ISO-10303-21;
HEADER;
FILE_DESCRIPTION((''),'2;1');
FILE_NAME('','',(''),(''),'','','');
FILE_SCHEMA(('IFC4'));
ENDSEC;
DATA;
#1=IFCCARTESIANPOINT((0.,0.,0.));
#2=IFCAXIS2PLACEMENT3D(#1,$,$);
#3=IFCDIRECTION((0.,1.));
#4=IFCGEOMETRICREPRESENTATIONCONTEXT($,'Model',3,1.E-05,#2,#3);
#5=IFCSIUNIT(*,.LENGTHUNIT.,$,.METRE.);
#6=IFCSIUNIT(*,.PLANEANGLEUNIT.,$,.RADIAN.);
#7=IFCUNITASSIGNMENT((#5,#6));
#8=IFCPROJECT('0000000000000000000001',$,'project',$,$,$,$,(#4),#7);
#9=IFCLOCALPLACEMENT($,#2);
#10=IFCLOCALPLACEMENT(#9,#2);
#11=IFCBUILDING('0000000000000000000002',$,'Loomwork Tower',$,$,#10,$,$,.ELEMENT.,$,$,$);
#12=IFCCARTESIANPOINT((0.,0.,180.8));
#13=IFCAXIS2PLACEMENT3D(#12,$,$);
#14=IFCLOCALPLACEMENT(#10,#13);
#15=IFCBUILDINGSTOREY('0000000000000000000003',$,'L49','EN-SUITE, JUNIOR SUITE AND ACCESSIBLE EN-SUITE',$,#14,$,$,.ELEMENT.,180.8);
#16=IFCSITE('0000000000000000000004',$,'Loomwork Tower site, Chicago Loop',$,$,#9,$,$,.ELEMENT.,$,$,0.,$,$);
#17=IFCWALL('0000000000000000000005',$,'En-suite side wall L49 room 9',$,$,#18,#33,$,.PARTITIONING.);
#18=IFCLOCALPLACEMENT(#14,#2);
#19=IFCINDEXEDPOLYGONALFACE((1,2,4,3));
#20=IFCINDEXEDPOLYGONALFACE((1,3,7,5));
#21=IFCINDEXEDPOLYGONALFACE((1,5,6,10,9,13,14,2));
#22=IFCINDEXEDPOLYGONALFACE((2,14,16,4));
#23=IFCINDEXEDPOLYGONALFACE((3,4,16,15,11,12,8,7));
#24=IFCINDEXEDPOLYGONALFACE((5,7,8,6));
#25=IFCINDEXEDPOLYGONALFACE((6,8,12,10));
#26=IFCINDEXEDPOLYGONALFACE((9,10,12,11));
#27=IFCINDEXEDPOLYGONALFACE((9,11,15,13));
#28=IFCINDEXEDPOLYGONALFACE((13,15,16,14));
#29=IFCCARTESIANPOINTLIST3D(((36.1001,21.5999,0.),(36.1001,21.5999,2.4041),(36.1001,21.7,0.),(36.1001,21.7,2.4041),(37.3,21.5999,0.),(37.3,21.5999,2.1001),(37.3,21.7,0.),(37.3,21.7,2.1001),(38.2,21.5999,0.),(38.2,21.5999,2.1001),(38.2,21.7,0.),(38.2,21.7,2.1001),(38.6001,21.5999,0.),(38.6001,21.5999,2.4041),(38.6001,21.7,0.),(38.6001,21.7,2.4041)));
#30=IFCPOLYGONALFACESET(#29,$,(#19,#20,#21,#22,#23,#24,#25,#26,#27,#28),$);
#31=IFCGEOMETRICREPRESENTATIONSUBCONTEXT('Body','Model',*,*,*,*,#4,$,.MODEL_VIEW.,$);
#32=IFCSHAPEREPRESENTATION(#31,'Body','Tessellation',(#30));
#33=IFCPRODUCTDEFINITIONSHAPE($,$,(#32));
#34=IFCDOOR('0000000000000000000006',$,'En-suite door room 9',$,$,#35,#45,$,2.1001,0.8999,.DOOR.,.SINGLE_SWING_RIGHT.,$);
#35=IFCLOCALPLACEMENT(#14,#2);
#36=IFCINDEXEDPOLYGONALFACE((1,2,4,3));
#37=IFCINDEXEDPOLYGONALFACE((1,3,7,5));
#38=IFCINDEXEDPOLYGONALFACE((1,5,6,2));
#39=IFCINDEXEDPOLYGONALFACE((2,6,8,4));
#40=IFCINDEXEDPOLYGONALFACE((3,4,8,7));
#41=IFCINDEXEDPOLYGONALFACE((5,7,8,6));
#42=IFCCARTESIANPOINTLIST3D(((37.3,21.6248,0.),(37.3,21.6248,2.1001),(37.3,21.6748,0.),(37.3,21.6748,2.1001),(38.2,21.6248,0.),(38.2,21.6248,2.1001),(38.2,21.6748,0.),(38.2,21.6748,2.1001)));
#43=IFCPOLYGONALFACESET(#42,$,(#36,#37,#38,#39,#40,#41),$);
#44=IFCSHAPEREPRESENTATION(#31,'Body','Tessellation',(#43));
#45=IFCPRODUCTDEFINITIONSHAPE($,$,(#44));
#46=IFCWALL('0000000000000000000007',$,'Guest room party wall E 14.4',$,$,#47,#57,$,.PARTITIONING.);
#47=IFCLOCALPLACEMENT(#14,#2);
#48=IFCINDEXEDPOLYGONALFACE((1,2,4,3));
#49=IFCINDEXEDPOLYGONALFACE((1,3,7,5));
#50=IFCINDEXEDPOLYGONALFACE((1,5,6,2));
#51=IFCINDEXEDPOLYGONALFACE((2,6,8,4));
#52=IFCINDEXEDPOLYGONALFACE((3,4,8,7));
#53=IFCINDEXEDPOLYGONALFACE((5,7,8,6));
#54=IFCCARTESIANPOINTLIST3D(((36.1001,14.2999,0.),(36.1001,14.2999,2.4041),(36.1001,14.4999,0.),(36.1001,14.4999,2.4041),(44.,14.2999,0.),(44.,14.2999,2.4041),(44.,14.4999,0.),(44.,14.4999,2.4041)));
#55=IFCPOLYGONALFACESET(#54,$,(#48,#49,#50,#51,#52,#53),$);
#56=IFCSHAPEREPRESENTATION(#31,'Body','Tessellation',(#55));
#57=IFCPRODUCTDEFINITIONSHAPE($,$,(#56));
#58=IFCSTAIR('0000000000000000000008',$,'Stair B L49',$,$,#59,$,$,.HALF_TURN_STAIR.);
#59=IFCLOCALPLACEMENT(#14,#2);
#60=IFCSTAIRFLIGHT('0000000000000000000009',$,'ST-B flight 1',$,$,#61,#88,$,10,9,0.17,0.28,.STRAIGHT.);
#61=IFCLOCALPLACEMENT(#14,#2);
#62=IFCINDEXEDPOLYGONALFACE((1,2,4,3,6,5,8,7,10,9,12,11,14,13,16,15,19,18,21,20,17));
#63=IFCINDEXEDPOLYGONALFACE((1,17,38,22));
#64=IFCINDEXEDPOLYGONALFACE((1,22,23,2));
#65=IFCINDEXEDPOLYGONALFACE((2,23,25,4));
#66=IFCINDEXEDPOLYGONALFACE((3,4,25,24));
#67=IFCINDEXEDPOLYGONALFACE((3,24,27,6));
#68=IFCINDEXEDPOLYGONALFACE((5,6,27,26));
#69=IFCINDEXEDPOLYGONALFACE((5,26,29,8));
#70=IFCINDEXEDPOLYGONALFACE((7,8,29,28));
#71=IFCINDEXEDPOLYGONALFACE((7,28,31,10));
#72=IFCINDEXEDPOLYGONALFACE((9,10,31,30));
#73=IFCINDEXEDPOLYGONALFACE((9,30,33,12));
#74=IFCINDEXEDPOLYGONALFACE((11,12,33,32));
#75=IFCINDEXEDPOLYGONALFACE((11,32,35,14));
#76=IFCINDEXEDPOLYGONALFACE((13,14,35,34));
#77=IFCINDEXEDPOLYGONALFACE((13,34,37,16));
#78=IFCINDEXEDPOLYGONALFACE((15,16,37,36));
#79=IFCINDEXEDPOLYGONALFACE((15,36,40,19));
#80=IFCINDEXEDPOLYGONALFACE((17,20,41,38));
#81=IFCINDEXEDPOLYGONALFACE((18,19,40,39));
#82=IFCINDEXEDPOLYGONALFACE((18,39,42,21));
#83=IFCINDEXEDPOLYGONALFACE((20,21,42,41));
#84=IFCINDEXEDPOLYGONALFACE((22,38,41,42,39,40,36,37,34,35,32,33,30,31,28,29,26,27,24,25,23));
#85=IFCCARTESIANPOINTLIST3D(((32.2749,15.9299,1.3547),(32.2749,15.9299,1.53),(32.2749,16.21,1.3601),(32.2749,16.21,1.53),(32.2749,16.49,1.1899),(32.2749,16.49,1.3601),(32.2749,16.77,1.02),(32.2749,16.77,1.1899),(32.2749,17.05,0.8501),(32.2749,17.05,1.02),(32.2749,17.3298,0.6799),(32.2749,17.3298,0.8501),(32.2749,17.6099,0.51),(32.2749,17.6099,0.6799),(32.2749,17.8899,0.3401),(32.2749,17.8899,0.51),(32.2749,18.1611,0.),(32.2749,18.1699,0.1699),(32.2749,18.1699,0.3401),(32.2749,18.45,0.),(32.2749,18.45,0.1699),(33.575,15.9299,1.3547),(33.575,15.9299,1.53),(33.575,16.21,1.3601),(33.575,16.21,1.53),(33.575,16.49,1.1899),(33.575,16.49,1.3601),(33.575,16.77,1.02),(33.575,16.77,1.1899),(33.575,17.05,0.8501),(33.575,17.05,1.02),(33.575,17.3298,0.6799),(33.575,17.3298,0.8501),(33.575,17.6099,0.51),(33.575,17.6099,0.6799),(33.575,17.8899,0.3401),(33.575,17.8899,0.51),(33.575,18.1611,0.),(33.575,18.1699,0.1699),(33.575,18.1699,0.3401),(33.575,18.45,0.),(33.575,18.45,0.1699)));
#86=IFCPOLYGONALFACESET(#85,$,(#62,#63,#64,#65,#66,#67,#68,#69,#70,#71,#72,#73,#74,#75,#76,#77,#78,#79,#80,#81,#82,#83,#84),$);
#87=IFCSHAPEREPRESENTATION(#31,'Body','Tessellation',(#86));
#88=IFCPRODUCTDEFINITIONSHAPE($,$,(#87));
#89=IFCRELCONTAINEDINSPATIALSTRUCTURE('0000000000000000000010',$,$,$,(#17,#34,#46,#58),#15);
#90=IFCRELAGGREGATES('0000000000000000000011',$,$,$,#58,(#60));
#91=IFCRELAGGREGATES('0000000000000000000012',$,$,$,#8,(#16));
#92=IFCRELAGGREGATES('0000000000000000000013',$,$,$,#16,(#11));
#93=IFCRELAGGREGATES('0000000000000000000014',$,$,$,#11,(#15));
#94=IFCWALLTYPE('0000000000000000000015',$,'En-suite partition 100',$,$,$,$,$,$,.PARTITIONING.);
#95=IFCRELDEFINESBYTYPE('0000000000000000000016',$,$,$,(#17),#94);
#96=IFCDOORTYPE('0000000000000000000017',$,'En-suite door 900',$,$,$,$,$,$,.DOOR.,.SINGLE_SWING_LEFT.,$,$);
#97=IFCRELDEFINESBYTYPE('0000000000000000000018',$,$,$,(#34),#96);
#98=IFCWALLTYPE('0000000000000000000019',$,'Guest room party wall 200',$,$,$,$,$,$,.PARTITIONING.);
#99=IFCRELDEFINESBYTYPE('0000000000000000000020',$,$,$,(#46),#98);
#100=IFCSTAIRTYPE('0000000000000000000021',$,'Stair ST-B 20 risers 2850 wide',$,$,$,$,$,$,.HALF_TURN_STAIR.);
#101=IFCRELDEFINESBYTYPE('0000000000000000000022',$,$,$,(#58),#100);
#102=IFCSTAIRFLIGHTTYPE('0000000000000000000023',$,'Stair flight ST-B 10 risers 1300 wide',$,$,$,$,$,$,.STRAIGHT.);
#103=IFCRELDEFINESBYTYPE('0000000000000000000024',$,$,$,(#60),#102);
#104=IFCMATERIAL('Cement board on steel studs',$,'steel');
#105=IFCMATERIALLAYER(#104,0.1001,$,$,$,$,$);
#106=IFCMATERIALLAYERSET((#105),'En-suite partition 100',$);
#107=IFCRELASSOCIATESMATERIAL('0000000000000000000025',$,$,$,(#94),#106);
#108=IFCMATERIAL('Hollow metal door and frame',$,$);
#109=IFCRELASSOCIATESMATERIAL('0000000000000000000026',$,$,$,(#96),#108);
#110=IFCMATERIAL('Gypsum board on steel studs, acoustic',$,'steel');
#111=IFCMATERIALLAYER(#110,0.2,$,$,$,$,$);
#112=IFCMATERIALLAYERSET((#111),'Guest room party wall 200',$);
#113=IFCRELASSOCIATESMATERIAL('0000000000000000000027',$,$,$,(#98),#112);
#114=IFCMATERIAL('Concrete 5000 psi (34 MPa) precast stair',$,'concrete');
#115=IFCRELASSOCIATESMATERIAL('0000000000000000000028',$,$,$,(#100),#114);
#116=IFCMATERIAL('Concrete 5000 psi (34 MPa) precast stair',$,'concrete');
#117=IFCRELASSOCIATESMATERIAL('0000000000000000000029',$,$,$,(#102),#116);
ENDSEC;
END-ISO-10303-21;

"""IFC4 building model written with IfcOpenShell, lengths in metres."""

from ifc_helpers import new_model, si_unit, direction, frame, frame_2d, origin, place, context, subcontext, project, spatial, polyline, rectangle, outline, extrude, material, layer, layer_set, type_object, element, fill, aggregate, save


model = new_model("IFC4")

# Units and contexts
model_context = context("Model", 3, precision=1e-05, world=origin(), true_north=direction((0.0, 1.0)))
body_context = subcontext(model_context, "Body", "Model", "MODEL_VIEW")
ifc_project = project(units=[si_unit("LENGTHUNIT", "METRE"), si_unit("PLANEANGLEUNIT", "RADIAN")], contexts=[model_context])

# Site, building, storey
site_placement = place(None, origin())
site = spatial("IfcSite", under=ifc_project, at=site_placement, Name="Loomwork Tower site, Chicago Loop", CompositionType="ELEMENT", RefElevation=0.0)
building_placement = place(site_placement, origin())
building = spatial("IfcBuilding", under=site, at=building_placement, Name="Loomwork Tower", CompositionType="ELEMENT")
storey_placement = place(building_placement, frame((0.0, 0.0, 180.8)))
storey = spatial("IfcBuildingStorey", under=building, at=storey_placement, Name="L49", Description="EN-SUITE, JUNIOR SUITE AND ACCESSIBLE EN-SUITE", CompositionType="ELEMENT", Elevation=180.8)

# Wall, opening, door
ifc_material_1 = material(Name="Cement board on steel studs", Category="steel")
ifc_layer_1 = layer(ifc_material_1, 0.1001)
ifc_layer_set_1 = layer_set([ifc_layer_1], Name="En-suite partition 100")
wall_type_1 = type_object("IfcWallType", Name="En-suite partition 100", PredefinedType="PARTITIONING", material=ifc_layer_set_1)
ifc_material_2 = material(Name="Hollow metal door and frame")
door_type_1 = type_object("IfcDoorType", Name="En-suite door 900", OperationType="SINGLE_SWING_LEFT", PredefinedType="DOOR", material=ifc_material_2)
wall_1_placement = place(storey_placement, frame((36.1001, 21.6499, 0.0), z_axis=(0.0, 0.0, 1.0), x_axis=(1.0, 0.0, 0.0)))
wall_1 = element("IfcWall", 1, at=wall_1_placement, inside=storey, type_object=wall_type_1, Name="En-suite side wall L49 room 9", PredefinedType="PARTITIONING", context=body_context, shape_type="SweptSolid", body=[
    extrude(rectangle(XDim=2.5, YDim=0.1001, at=frame_2d((1.25, 0.0))), origin(), (0.0, 0.0, 1.0), 2.4041),
])
opening_1_placement = place(wall_1_placement, frame((1.2, 0.0, 0.0)))
opening_1 = element("IfcOpeningElement", 2, at=opening_1_placement, cuts=wall_1, PredefinedType="OPENING", context=body_context, shape_type="SweptSolid", body=[
    extrude(rectangle(XDim=0.8999, YDim=2.1001, at=frame_2d((0.45, 1.05))), frame((0.0, 0.0601, 0.0), z_axis=(0.0, -1.0, 0.0), x_axis=(1.0, 0.0, 0.0)), (0.0, 0.0, 1.0), 0.1201),
])
door_1_placement = place(opening_1_placement, origin())
door_1 = element("IfcDoor", 3, at=door_1_placement, inside=storey, type_object=door_type_1, Name="En-suite door room 9", OperationType="SINGLE_SWING_RIGHT", OverallHeight=2.1001, OverallWidth=0.8999, PredefinedType="DOOR", context=body_context, shape_type="SweptSolid", body=[
    extrude(rectangle(XDim=0.8999, YDim=2.1001, at=frame_2d((0.45, 1.05))), frame((0.0, 0.0249, 0.0), z_axis=(0.0, -1.0, 0.0), x_axis=(1.0, 0.0, 0.0)), (0.0, 0.0, 1.0), 0.05),
])
fill(opening_1, door_1)

# Wall
ifc_material_3 = material(Name="Gypsum board on steel studs, acoustic", Category="steel")
ifc_layer_2 = layer(ifc_material_3, 0.2)
ifc_layer_set_2 = layer_set([ifc_layer_2], Name="Guest room party wall 200")
wall_type_2 = type_object("IfcWallType", Name="Guest room party wall 200", PredefinedType="PARTITIONING", material=ifc_layer_set_2)
wall_2_placement = place(storey_placement, frame((36.1001, 14.3999, 0.0), z_axis=(0.0, 0.0, 1.0), x_axis=(1.0, 0.0, 0.0)))
element("IfcWall", 4, at=wall_2_placement, inside=storey, type_object=wall_type_2, Name="Guest room party wall E 14.4", PredefinedType="PARTITIONING", context=body_context, shape_type="SweptSolid", body=[
    extrude(rectangle(XDim=7.8999, YDim=0.2, at=frame_2d((3.95, 0.0))), origin(), (0.0, 0.0, 1.0), 2.4041),
])

# Stair, stair flight
ifc_material_4 = material(Name="Concrete 5000 psi (34 MPa) precast stair", Category="concrete")
stair_type = type_object("IfcStairType", Name="Stair ST-B 20 risers 2850 wide", PredefinedType="HALF_TURN_STAIR", material=ifc_material_4)
stair_placement = place(storey_placement, origin())
stair = element("IfcStair", 5, at=stair_placement, inside=storey, type_object=stair_type, Name="Stair B L49", PredefinedType="HALF_TURN_STAIR")
ifc_material_5 = material(Name="Concrete 5000 psi (34 MPa) precast stair", Category="concrete")
stair_flight_type = type_object("IfcStairFlightType", Name="Stair flight ST-B 10 risers 1300 wide", PredefinedType="STRAIGHT", material=ifc_material_5)
stair_flight_placement = place(storey_placement, frame((32.925, 18.45, 0.0), z_axis=(0.0, 0.0, 1.0), x_axis=(0.0, -1.0, 0.0)))
stair_flight = element("IfcStairFlight", 6, at=stair_flight_placement, type_object=stair_flight_type, Name="ST-B flight 1", NumberOfRisers=10, NumberOfTreads=9, PredefinedType="STRAIGHT", RiserHeight=0.17, TreadLength=0.28, context=body_context, shape_type="SweptSolid", body=[
    extrude(outline(polyline([(0.0, 0.0), (0.0, 0.1699), (0.28, 0.1699), (0.28, 0.3401), (0.5601, 0.3401), (0.5601, 0.51), (0.8401, 0.51), (0.8401, 0.6799), (1.1201, 0.6799), (1.1201, 0.8501), (1.3999, 0.8501), (1.3999, 1.02), (1.6799, 1.02), (1.6799, 1.1899), (1.96, 1.1899), (1.96, 1.3601), (2.24, 1.3601), (2.24, 1.53), (2.52, 1.53), (2.52, 1.7), (2.52, 1.3547), (0.2888, 0.0), (0.0, 0.0)])), frame((0.0, 0.6499, 0.0), z_axis=(0.0, -1.0, 0.0), x_axis=(1.0, 0.0, 0.0)), (0.0, 0.0, 1.0), 1.3),
])
aggregate(stair, [stair_flight])

save(model, "model.ifc")
